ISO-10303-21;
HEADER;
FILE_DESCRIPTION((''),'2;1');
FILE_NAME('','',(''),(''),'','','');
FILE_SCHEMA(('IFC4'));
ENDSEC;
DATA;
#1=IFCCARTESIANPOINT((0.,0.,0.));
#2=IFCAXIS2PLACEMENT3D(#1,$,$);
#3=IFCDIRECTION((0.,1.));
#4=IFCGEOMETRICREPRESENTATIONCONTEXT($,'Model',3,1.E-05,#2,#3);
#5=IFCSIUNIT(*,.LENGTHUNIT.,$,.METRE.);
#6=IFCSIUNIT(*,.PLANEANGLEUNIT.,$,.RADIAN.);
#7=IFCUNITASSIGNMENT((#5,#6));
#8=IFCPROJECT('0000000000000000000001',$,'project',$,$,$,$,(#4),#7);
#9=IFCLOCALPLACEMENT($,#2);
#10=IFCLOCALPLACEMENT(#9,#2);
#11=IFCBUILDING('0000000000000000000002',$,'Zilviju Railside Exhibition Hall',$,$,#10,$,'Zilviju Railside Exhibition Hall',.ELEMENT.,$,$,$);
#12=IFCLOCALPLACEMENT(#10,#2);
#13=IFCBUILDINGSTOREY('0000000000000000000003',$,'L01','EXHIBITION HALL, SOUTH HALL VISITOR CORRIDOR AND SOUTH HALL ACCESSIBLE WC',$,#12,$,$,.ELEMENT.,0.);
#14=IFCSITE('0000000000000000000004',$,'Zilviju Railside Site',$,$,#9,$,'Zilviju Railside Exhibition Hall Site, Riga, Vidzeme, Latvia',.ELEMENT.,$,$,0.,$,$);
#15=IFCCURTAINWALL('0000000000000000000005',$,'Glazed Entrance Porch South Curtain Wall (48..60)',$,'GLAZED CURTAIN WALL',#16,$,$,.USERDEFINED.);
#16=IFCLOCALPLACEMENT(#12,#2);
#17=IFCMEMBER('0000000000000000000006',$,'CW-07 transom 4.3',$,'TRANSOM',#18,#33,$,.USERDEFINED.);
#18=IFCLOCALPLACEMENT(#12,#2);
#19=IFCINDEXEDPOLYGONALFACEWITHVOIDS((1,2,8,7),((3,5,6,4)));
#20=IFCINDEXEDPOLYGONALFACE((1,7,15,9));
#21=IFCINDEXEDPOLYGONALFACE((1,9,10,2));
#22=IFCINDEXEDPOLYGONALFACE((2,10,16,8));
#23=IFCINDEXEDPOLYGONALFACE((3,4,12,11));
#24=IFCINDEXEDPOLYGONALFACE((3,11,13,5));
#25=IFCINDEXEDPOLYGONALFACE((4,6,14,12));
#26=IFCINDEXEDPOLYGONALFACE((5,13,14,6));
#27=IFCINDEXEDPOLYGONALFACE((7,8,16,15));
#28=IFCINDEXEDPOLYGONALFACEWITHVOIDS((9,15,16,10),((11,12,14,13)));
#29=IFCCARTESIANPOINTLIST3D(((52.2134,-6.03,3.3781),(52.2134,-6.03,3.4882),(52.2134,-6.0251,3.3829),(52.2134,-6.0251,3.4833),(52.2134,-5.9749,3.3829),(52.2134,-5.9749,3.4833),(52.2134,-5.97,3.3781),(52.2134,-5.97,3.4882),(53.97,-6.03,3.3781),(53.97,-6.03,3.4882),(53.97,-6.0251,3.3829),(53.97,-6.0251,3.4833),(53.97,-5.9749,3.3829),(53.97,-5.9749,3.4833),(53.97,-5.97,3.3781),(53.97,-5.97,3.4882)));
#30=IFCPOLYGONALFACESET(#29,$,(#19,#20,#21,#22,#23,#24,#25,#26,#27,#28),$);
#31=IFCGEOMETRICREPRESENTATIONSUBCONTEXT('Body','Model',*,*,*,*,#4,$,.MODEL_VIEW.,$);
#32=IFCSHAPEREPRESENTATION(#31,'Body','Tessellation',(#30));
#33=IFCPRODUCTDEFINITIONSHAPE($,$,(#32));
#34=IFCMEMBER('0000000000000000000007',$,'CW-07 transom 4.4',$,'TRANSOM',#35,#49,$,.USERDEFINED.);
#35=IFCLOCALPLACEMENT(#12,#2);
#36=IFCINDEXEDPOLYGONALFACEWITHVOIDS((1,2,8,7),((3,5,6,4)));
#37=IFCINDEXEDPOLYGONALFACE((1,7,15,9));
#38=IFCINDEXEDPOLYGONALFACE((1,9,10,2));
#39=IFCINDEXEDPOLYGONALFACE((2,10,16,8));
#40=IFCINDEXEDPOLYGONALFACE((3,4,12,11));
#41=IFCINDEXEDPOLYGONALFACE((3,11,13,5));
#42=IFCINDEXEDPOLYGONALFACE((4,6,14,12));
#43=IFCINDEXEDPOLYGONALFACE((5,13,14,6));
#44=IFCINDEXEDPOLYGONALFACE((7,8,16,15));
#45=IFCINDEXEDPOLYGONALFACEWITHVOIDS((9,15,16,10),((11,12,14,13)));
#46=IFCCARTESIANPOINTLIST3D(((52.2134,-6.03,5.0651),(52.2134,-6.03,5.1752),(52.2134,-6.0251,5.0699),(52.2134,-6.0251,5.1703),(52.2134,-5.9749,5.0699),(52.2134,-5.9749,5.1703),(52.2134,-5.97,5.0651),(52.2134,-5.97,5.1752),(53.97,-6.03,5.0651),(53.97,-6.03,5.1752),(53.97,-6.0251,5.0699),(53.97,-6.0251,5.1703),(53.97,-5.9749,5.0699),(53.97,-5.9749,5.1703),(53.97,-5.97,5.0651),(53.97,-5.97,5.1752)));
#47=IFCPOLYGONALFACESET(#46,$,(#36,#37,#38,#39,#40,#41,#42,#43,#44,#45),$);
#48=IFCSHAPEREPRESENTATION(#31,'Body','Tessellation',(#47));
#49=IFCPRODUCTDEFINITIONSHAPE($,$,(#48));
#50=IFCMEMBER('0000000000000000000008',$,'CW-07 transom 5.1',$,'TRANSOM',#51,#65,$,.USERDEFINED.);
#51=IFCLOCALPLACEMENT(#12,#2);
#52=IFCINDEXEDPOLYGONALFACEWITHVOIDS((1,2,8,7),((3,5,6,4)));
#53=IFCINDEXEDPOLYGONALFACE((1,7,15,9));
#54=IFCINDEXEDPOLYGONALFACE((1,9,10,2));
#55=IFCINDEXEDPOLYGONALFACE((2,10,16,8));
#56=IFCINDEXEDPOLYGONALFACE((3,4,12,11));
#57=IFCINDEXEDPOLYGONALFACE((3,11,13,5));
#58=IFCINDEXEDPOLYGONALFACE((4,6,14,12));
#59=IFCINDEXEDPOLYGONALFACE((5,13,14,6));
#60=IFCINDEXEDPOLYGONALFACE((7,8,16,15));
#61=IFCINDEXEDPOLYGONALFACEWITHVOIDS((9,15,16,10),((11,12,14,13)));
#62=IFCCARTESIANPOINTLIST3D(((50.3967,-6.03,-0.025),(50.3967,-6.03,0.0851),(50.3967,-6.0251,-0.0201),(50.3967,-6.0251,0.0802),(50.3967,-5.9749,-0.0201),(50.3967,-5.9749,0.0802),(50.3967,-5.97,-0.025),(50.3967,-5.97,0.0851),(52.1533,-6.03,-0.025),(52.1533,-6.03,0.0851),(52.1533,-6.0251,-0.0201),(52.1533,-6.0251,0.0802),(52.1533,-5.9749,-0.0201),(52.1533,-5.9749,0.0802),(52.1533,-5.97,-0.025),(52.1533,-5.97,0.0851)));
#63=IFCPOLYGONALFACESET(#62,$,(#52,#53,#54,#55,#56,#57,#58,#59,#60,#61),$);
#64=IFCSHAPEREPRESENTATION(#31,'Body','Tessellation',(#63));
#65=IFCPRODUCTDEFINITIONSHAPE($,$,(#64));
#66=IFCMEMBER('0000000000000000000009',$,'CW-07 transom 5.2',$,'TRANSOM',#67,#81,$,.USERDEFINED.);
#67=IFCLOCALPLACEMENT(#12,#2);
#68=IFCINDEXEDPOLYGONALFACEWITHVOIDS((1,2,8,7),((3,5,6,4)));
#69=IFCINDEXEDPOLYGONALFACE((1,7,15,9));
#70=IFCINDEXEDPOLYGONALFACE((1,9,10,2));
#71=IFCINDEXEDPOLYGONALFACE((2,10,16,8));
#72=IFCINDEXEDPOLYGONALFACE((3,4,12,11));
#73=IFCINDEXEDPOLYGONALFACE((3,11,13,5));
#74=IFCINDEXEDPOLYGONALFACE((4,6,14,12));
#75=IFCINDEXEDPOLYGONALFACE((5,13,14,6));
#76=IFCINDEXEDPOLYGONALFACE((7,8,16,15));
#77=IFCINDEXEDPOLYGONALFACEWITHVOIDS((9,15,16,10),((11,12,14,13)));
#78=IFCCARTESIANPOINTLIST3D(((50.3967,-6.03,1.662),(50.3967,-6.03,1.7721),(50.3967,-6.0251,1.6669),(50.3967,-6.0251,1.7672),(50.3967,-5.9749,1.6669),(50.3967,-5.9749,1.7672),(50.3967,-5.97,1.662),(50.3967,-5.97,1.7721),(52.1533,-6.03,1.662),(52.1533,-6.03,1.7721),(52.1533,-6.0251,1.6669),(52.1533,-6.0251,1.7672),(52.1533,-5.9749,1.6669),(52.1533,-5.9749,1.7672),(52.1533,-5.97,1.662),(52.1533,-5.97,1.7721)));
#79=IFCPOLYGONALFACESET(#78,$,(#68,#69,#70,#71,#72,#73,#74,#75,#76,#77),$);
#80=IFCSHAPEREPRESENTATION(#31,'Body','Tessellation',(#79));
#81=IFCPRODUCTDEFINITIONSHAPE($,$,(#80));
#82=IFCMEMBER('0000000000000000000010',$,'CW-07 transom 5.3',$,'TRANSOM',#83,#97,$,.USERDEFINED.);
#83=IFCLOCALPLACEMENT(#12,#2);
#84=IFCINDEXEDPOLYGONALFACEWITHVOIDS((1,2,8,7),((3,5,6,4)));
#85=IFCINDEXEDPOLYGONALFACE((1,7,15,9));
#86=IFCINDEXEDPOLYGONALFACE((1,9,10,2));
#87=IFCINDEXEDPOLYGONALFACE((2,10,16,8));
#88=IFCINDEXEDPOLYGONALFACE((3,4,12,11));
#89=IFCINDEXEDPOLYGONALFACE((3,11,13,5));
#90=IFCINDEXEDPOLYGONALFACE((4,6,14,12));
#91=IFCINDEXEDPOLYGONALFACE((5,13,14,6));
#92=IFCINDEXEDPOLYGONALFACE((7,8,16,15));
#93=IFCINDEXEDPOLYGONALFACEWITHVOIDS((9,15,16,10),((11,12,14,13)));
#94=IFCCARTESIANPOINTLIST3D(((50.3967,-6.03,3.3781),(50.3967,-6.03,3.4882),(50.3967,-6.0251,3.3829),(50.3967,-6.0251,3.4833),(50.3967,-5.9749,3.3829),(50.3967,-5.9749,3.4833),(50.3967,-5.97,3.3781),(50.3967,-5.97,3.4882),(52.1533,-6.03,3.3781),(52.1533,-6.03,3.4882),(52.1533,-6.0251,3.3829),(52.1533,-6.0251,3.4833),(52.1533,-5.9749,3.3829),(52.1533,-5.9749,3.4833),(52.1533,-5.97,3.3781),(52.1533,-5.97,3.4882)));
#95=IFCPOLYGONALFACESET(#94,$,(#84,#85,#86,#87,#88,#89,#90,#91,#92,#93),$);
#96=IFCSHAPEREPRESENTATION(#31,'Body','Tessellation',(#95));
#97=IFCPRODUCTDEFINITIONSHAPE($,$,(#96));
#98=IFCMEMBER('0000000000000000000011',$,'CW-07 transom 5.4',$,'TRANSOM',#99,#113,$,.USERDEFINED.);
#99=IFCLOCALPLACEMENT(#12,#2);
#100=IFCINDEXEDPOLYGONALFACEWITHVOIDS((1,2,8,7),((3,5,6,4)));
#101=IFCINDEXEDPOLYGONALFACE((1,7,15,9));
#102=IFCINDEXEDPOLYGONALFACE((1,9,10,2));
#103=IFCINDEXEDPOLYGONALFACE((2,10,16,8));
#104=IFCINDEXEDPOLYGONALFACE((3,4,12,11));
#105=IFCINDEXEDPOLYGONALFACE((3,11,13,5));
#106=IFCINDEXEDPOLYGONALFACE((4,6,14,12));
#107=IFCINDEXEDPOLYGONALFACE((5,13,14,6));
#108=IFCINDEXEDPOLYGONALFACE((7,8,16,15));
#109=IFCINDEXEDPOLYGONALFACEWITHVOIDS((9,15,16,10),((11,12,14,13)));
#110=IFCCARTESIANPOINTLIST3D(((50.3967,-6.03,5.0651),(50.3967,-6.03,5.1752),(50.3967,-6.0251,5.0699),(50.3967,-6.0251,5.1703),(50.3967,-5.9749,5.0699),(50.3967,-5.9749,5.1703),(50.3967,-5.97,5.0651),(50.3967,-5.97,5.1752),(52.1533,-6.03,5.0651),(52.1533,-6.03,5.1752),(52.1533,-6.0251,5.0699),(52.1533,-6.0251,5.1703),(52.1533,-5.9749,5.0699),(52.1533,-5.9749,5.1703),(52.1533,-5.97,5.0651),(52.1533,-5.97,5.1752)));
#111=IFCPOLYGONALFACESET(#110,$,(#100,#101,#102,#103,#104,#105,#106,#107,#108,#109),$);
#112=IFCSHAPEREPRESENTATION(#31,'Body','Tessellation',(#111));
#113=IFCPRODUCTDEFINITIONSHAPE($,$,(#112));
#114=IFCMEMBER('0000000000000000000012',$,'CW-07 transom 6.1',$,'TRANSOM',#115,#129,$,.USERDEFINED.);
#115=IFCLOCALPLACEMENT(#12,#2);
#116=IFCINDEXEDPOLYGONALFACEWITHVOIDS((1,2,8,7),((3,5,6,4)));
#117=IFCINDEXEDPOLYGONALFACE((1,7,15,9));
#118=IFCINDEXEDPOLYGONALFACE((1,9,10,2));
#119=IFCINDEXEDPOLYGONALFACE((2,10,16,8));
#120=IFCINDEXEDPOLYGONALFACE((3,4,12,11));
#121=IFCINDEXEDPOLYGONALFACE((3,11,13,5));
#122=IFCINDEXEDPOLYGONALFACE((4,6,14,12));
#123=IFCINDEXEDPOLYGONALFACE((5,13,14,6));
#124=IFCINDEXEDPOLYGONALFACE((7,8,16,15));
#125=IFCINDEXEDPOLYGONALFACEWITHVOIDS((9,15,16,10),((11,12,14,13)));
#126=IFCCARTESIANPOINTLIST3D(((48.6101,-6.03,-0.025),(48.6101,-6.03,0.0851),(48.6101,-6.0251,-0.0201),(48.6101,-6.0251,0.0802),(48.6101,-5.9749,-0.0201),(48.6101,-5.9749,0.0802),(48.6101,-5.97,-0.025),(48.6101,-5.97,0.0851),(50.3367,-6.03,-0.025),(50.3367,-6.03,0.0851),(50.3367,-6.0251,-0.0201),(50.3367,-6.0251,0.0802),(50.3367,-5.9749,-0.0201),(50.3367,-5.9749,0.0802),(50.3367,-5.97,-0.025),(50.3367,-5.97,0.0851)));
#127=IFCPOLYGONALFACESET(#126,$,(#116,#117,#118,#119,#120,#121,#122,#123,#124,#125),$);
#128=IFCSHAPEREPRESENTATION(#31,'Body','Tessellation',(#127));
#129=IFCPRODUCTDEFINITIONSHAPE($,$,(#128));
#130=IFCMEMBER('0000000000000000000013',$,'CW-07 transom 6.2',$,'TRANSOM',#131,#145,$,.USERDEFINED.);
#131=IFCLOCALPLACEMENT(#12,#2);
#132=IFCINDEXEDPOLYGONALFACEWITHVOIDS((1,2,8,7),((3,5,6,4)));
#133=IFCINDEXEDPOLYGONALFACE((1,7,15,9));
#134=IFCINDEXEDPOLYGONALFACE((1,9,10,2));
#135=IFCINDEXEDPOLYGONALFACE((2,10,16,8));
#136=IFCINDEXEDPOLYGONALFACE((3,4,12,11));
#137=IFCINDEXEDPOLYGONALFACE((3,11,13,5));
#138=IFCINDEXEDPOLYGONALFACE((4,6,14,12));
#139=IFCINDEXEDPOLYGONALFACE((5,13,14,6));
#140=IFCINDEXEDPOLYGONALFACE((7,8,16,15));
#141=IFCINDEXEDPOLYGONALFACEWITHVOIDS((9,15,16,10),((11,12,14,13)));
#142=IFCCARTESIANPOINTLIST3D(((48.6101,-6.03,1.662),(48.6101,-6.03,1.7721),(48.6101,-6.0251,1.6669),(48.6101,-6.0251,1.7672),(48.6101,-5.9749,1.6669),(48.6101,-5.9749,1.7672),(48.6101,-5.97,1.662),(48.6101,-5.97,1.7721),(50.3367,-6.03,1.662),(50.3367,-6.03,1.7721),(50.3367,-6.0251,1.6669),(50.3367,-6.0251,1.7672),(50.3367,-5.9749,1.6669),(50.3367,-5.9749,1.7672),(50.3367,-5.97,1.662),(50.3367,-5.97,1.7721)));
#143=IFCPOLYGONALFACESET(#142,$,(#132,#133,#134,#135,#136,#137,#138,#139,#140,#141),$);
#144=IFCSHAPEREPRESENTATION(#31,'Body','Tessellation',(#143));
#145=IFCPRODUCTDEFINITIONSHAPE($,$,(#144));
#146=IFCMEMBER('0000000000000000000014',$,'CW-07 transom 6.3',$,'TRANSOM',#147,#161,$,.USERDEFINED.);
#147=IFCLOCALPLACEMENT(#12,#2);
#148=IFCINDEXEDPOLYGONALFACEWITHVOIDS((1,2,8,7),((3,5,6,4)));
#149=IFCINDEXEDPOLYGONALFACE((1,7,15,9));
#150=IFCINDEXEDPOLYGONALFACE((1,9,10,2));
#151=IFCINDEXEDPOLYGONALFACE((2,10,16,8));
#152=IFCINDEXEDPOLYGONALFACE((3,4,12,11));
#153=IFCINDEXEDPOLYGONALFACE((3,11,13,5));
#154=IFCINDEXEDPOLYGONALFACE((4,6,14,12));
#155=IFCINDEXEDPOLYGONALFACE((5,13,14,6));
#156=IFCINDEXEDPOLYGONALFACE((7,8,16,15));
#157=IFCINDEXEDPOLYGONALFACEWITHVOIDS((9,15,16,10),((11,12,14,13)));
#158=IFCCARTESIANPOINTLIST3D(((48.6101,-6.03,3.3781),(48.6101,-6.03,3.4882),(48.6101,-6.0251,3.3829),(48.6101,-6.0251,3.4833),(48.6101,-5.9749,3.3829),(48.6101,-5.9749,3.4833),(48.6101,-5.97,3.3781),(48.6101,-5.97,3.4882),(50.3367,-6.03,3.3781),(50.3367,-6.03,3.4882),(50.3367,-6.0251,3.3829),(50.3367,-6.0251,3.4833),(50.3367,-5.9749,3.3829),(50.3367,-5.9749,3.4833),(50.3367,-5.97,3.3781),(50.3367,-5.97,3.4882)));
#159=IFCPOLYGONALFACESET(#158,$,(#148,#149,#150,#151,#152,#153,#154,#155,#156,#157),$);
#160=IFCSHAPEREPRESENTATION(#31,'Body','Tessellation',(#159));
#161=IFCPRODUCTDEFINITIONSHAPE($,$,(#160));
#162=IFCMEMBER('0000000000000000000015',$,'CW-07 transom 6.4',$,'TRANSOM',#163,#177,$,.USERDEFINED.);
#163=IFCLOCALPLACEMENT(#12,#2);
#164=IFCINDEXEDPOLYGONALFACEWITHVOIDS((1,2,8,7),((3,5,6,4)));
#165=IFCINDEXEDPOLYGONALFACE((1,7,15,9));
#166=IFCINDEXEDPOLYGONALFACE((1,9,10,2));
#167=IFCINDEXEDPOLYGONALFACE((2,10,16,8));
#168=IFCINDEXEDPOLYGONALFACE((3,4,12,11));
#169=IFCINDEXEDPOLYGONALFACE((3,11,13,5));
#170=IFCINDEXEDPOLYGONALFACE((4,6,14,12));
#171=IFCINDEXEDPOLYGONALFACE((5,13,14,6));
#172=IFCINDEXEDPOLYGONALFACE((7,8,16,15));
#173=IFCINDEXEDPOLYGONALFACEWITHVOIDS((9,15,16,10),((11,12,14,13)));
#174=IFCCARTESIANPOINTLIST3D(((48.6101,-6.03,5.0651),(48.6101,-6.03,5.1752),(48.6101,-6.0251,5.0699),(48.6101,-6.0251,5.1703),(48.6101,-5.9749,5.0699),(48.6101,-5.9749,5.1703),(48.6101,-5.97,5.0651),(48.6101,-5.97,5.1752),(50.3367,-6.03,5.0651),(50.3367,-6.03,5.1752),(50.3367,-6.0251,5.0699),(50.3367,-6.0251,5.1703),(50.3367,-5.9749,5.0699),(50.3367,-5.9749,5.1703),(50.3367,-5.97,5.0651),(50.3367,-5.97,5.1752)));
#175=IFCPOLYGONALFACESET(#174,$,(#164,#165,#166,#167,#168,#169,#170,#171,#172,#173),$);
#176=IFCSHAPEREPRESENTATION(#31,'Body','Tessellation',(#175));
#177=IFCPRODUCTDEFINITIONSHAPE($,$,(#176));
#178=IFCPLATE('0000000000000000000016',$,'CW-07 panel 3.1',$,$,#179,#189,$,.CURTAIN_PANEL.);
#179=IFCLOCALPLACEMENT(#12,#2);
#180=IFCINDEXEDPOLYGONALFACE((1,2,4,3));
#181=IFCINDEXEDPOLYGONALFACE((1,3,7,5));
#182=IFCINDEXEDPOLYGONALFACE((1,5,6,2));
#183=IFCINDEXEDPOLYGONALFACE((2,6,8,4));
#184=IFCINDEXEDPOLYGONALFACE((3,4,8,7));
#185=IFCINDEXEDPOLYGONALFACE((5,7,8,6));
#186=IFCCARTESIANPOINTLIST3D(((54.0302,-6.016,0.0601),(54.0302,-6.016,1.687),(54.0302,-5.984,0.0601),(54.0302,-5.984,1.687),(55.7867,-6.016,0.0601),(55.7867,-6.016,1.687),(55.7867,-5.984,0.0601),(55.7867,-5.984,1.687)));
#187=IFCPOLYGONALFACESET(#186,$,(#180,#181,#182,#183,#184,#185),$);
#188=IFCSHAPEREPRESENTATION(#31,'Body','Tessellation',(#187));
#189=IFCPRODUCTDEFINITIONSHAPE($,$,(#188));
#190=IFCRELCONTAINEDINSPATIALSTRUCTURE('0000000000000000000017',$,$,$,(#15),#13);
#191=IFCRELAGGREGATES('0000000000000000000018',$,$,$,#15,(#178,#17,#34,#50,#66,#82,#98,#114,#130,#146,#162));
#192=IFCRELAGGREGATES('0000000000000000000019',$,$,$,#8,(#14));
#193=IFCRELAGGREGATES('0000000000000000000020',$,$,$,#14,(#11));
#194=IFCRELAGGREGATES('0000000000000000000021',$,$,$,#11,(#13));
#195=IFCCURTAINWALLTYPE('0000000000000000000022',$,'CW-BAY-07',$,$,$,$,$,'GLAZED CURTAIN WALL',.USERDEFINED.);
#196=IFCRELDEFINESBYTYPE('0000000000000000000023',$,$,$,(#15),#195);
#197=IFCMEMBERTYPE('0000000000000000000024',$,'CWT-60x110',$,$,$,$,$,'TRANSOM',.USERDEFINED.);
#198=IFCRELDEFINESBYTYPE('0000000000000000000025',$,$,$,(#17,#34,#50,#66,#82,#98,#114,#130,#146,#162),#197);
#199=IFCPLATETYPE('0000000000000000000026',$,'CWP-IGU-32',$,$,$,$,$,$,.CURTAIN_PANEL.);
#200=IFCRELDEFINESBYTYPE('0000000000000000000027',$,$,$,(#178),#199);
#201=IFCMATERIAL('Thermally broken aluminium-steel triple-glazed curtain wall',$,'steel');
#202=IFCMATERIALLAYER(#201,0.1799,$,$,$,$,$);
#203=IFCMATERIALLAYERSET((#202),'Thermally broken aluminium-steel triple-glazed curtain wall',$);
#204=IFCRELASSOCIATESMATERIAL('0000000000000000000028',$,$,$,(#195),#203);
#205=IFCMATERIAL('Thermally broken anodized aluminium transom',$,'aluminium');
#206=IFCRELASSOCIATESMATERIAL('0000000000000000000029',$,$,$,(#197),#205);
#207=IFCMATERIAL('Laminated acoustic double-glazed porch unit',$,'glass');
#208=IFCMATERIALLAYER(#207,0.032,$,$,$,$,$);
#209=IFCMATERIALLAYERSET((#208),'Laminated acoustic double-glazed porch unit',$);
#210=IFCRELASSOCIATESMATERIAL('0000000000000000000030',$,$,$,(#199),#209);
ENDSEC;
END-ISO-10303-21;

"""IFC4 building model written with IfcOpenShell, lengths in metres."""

from ifc_helpers import new_model, si_unit, direction, frame, origin, origin_2d, place, context, subcontext, project, spatial, rectangle, hollow_rectangle, extrude, material, layer, layer_set, material_profile, profile_set, type_object, element, aggregate, save


model = new_model("IFC4")

# Units and contexts
model_context = context("Model", 3, precision=1e-05, world=origin(), true_north=direction((0.0, 1.0)))
body_context = subcontext(model_context, "Body", "Model", "MODEL_VIEW")
ifc_project = project(units=[si_unit("LENGTHUNIT", "METRE"), si_unit("PLANEANGLEUNIT", "RADIAN")], contexts=[model_context])

# Site, building, storey
site_placement = place(None, origin())
site = spatial("IfcSite", under=ifc_project, at=site_placement, Name="Zilviju Railside Site", LongName="Zilviju Railside Exhibition Hall Site, Riga, Vidzeme, Latvia", CompositionType="ELEMENT", RefElevation=0.0)
building_placement = place(site_placement, origin())
building = spatial("IfcBuilding", under=site, at=building_placement, Name="Zilviju Railside Exhibition Hall", LongName="Zilviju Railside Exhibition Hall", CompositionType="ELEMENT")
storey_placement = place(building_placement, origin())
storey = spatial("IfcBuildingStorey", under=building, at=storey_placement, Name="L01", Description="EXHIBITION HALL, SOUTH HALL VISITOR CORRIDOR AND SOUTH HALL ACCESSIBLE WC", CompositionType="ELEMENT", Elevation=0.0)

# Curtain wall
ifc_material_1 = material(Name="Thermally broken aluminium-steel triple-glazed curtain wall", Category="steel")
ifc_layer_1 = layer(ifc_material_1, 0.1799)
ifc_layer_set_1 = layer_set([ifc_layer_1], Name="Thermally broken aluminium-steel triple-glazed curtain wall")
curtain_wall_type_1 = type_object("IfcCurtainWallType", Name="CW-BAY-07", ElementType="GLAZED CURTAIN WALL", PredefinedType="USERDEFINED", material=ifc_layer_set_1)
curtain_wall_1_placement = place(storey_placement, origin())
curtain_wall_1 = element("IfcCurtainWall", 1, at=curtain_wall_1_placement, inside=storey, type_object=curtain_wall_type_1, Name="Glazed Entrance Porch South Curtain Wall (48..60)", ObjectType="GLAZED CURTAIN WALL", PredefinedType="USERDEFINED")

# Members
ifc_material_2 = material(Name="Thermally broken anodized aluminium transom", Category="aluminium")
ifc_material_profile_1 = material_profile(ifc_material_2, hollow_rectangle(XDim=0.0601, YDim=0.1101, WallThickness=0.0049, at=origin_2d()), Name="TRANSOM 110x60x5")
ifc_profile_set_1 = profile_set([ifc_material_profile_1], Name="Thermally broken anodized aluminium transom")
member_type_1 = type_object("IfcMemberType", Name="CWT-60x110", ElementType="TRANSOM", PredefinedType="USERDEFINED", material=ifc_profile_set_1)
member_1_placement = place(storey_placement, frame((53.97, -6.0, 3.4331), z_axis=(-1.0, 0.0, 0.0), x_axis=(0.0, -1.0, 0.0)))
member_1 = element("IfcMember", 2, at=member_1_placement, type_object=member_type_1, Name="CW-07 transom 4.3", ObjectType="TRANSOM", PredefinedType="USERDEFINED", context=body_context, shape_type="SweptSolid", body=[
    extrude(hollow_rectangle(XDim=0.0601, YDim=0.1101, WallThickness=0.0049, at=origin_2d()), origin(), (0.0, 0.0, 1.0), 1.7566),
])
member_2_placement = place(storey_placement, frame((53.97, -6.0, 5.1201), z_axis=(-1.0, 0.0, 0.0), x_axis=(0.0, -1.0, 0.0)))
member_2 = element("IfcMember", 3, at=member_2_placement, type_object=member_type_1, Name="CW-07 transom 4.4", ObjectType="TRANSOM", PredefinedType="USERDEFINED", context=body_context, shape_type="SweptSolid", body=[
    extrude(hollow_rectangle(XDim=0.0601, YDim=0.1101, WallThickness=0.0049, at=origin_2d()), origin(), (0.0, 0.0, 1.0), 1.7566),
])
member_3_placement = place(storey_placement, frame((52.1533, -6.0, 0.03), z_axis=(-1.0, 0.0, 0.0), x_axis=(0.0, -1.0, 0.0)))
member_3 = element("IfcMember", 4, at=member_3_placement, type_object=member_type_1, Name="CW-07 transom 5.1", ObjectType="TRANSOM", PredefinedType="USERDEFINED", context=body_context, shape_type="SweptSolid", body=[
    extrude(hollow_rectangle(XDim=0.0601, YDim=0.1101, WallThickness=0.0049, at=origin_2d()), origin(), (0.0, 0.0, 1.0), 1.7566),
])
member_4_placement = place(storey_placement, frame((52.1533, -6.0, 1.717), z_axis=(-1.0, 0.0, 0.0), x_axis=(0.0, -1.0, 0.0)))
member_4 = element("IfcMember", 5, at=member_4_placement, type_object=member_type_1, Name="CW-07 transom 5.2", ObjectType="TRANSOM", PredefinedType="USERDEFINED", context=body_context, shape_type="SweptSolid", body=[
    extrude(hollow_rectangle(XDim=0.0601, YDim=0.1101, WallThickness=0.0049, at=origin_2d()), origin(), (0.0, 0.0, 1.0), 1.7566),
])
member_5_placement = place(storey_placement, frame((52.1533, -6.0, 3.4331), z_axis=(-1.0, 0.0, 0.0), x_axis=(0.0, -1.0, 0.0)))
member_5 = element("IfcMember", 6, at=member_5_placement, type_object=member_type_1, Name="CW-07 transom 5.3", ObjectType="TRANSOM", PredefinedType="USERDEFINED", context=body_context, shape_type="SweptSolid", body=[
    extrude(hollow_rectangle(XDim=0.0601, YDim=0.1101, WallThickness=0.0049, at=origin_2d()), origin(), (0.0, 0.0, 1.0), 1.7566),
])
member_6_placement = place(storey_placement, frame((52.1533, -6.0, 5.1201), z_axis=(-1.0, 0.0, 0.0), x_axis=(0.0, -1.0, 0.0)))
member_6 = element("IfcMember", 7, at=member_6_placement, type_object=member_type_1, Name="CW-07 transom 5.4", ObjectType="TRANSOM", PredefinedType="USERDEFINED", context=body_context, shape_type="SweptSolid", body=[
    extrude(hollow_rectangle(XDim=0.0601, YDim=0.1101, WallThickness=0.0049, at=origin_2d()), origin(), (0.0, 0.0, 1.0), 1.7566),
])
member_7_placement = place(storey_placement, frame((50.3367, -6.0, 0.03), z_axis=(-1.0, 0.0, 0.0), x_axis=(0.0, -1.0, 0.0)))
member_7 = element("IfcMember", 8, at=member_7_placement, type_object=member_type_1, Name="CW-07 transom 6.1", ObjectType="TRANSOM", PredefinedType="USERDEFINED", context=body_context, shape_type="SweptSolid", body=[
    extrude(hollow_rectangle(XDim=0.0601, YDim=0.1101, WallThickness=0.0049, at=origin_2d()), origin(), (0.0, 0.0, 1.0), 1.7266),
])
member_8_placement = place(storey_placement, frame((50.3367, -6.0, 1.717), z_axis=(-1.0, 0.0, 0.0), x_axis=(0.0, -1.0, 0.0)))
member_8 = element("IfcMember", 9, at=member_8_placement, type_object=member_type_1, Name="CW-07 transom 6.2", ObjectType="TRANSOM", PredefinedType="USERDEFINED", context=body_context, shape_type="SweptSolid", body=[
    extrude(hollow_rectangle(XDim=0.0601, YDim=0.1101, WallThickness=0.0049, at=origin_2d()), origin(), (0.0, 0.0, 1.0), 1.7266),
])
member_9_placement = place(storey_placement, frame((50.3367, -6.0, 3.4331), z_axis=(-1.0, 0.0, 0.0), x_axis=(0.0, -1.0, 0.0)))
member_9 = element("IfcMember", 10, at=member_9_placement, type_object=member_type_1, Name="CW-07 transom 6.3", ObjectType="TRANSOM", PredefinedType="USERDEFINED", context=body_context, shape_type="SweptSolid", body=[
    extrude(hollow_rectangle(XDim=0.0601, YDim=0.1101, WallThickness=0.0049, at=origin_2d()), origin(), (0.0, 0.0, 1.0), 1.7266),
])
member_10_placement = place(storey_placement, frame((50.3367, -6.0, 5.1201), z_axis=(-1.0, 0.0, 0.0), x_axis=(0.0, -1.0, 0.0)))
member_10 = element("IfcMember", 11, at=member_10_placement, type_object=member_type_1, Name="CW-07 transom 6.4", ObjectType="TRANSOM", PredefinedType="USERDEFINED", context=body_context, shape_type="SweptSolid", body=[
    extrude(hollow_rectangle(XDim=0.0601, YDim=0.1101, WallThickness=0.0049, at=origin_2d()), origin(), (0.0, 0.0, 1.0), 1.7266),
])

# Plate
ifc_material_3 = material(Name="Laminated acoustic double-glazed porch unit", Category="glass")
ifc_layer_2 = layer(ifc_material_3, 0.032)
ifc_layer_set_2 = layer_set([ifc_layer_2], Name="Laminated acoustic double-glazed porch unit")
plate_type_1 = type_object("IfcPlateType", Name="CWP-IGU-32", PredefinedType="CURTAIN_PANEL", material=ifc_layer_set_2)
plate_1_placement = place(storey_placement, frame((54.9084, -6.0, 0.0601), z_axis=(0.0, 0.0, 1.0), x_axis=(-1.0, 0.0, 0.0)))
plate_1 = element("IfcPlate", 12, at=plate_1_placement, type_object=plate_type_1, Name="CW-07 panel 3.1", PredefinedType="CURTAIN_PANEL", context=body_context, shape_type="SweptSolid", body=[
    extrude(rectangle(XDim=1.7566, YDim=0.032, at=origin_2d()), origin(), (0.0, 0.0, 1.0), 1.627),
])
aggregate(curtain_wall_1, [plate_1, member_1, member_2, member_3, member_4, member_5, member_6, member_7, member_8, member_9, member_10])

save(model, "model.ifc")
